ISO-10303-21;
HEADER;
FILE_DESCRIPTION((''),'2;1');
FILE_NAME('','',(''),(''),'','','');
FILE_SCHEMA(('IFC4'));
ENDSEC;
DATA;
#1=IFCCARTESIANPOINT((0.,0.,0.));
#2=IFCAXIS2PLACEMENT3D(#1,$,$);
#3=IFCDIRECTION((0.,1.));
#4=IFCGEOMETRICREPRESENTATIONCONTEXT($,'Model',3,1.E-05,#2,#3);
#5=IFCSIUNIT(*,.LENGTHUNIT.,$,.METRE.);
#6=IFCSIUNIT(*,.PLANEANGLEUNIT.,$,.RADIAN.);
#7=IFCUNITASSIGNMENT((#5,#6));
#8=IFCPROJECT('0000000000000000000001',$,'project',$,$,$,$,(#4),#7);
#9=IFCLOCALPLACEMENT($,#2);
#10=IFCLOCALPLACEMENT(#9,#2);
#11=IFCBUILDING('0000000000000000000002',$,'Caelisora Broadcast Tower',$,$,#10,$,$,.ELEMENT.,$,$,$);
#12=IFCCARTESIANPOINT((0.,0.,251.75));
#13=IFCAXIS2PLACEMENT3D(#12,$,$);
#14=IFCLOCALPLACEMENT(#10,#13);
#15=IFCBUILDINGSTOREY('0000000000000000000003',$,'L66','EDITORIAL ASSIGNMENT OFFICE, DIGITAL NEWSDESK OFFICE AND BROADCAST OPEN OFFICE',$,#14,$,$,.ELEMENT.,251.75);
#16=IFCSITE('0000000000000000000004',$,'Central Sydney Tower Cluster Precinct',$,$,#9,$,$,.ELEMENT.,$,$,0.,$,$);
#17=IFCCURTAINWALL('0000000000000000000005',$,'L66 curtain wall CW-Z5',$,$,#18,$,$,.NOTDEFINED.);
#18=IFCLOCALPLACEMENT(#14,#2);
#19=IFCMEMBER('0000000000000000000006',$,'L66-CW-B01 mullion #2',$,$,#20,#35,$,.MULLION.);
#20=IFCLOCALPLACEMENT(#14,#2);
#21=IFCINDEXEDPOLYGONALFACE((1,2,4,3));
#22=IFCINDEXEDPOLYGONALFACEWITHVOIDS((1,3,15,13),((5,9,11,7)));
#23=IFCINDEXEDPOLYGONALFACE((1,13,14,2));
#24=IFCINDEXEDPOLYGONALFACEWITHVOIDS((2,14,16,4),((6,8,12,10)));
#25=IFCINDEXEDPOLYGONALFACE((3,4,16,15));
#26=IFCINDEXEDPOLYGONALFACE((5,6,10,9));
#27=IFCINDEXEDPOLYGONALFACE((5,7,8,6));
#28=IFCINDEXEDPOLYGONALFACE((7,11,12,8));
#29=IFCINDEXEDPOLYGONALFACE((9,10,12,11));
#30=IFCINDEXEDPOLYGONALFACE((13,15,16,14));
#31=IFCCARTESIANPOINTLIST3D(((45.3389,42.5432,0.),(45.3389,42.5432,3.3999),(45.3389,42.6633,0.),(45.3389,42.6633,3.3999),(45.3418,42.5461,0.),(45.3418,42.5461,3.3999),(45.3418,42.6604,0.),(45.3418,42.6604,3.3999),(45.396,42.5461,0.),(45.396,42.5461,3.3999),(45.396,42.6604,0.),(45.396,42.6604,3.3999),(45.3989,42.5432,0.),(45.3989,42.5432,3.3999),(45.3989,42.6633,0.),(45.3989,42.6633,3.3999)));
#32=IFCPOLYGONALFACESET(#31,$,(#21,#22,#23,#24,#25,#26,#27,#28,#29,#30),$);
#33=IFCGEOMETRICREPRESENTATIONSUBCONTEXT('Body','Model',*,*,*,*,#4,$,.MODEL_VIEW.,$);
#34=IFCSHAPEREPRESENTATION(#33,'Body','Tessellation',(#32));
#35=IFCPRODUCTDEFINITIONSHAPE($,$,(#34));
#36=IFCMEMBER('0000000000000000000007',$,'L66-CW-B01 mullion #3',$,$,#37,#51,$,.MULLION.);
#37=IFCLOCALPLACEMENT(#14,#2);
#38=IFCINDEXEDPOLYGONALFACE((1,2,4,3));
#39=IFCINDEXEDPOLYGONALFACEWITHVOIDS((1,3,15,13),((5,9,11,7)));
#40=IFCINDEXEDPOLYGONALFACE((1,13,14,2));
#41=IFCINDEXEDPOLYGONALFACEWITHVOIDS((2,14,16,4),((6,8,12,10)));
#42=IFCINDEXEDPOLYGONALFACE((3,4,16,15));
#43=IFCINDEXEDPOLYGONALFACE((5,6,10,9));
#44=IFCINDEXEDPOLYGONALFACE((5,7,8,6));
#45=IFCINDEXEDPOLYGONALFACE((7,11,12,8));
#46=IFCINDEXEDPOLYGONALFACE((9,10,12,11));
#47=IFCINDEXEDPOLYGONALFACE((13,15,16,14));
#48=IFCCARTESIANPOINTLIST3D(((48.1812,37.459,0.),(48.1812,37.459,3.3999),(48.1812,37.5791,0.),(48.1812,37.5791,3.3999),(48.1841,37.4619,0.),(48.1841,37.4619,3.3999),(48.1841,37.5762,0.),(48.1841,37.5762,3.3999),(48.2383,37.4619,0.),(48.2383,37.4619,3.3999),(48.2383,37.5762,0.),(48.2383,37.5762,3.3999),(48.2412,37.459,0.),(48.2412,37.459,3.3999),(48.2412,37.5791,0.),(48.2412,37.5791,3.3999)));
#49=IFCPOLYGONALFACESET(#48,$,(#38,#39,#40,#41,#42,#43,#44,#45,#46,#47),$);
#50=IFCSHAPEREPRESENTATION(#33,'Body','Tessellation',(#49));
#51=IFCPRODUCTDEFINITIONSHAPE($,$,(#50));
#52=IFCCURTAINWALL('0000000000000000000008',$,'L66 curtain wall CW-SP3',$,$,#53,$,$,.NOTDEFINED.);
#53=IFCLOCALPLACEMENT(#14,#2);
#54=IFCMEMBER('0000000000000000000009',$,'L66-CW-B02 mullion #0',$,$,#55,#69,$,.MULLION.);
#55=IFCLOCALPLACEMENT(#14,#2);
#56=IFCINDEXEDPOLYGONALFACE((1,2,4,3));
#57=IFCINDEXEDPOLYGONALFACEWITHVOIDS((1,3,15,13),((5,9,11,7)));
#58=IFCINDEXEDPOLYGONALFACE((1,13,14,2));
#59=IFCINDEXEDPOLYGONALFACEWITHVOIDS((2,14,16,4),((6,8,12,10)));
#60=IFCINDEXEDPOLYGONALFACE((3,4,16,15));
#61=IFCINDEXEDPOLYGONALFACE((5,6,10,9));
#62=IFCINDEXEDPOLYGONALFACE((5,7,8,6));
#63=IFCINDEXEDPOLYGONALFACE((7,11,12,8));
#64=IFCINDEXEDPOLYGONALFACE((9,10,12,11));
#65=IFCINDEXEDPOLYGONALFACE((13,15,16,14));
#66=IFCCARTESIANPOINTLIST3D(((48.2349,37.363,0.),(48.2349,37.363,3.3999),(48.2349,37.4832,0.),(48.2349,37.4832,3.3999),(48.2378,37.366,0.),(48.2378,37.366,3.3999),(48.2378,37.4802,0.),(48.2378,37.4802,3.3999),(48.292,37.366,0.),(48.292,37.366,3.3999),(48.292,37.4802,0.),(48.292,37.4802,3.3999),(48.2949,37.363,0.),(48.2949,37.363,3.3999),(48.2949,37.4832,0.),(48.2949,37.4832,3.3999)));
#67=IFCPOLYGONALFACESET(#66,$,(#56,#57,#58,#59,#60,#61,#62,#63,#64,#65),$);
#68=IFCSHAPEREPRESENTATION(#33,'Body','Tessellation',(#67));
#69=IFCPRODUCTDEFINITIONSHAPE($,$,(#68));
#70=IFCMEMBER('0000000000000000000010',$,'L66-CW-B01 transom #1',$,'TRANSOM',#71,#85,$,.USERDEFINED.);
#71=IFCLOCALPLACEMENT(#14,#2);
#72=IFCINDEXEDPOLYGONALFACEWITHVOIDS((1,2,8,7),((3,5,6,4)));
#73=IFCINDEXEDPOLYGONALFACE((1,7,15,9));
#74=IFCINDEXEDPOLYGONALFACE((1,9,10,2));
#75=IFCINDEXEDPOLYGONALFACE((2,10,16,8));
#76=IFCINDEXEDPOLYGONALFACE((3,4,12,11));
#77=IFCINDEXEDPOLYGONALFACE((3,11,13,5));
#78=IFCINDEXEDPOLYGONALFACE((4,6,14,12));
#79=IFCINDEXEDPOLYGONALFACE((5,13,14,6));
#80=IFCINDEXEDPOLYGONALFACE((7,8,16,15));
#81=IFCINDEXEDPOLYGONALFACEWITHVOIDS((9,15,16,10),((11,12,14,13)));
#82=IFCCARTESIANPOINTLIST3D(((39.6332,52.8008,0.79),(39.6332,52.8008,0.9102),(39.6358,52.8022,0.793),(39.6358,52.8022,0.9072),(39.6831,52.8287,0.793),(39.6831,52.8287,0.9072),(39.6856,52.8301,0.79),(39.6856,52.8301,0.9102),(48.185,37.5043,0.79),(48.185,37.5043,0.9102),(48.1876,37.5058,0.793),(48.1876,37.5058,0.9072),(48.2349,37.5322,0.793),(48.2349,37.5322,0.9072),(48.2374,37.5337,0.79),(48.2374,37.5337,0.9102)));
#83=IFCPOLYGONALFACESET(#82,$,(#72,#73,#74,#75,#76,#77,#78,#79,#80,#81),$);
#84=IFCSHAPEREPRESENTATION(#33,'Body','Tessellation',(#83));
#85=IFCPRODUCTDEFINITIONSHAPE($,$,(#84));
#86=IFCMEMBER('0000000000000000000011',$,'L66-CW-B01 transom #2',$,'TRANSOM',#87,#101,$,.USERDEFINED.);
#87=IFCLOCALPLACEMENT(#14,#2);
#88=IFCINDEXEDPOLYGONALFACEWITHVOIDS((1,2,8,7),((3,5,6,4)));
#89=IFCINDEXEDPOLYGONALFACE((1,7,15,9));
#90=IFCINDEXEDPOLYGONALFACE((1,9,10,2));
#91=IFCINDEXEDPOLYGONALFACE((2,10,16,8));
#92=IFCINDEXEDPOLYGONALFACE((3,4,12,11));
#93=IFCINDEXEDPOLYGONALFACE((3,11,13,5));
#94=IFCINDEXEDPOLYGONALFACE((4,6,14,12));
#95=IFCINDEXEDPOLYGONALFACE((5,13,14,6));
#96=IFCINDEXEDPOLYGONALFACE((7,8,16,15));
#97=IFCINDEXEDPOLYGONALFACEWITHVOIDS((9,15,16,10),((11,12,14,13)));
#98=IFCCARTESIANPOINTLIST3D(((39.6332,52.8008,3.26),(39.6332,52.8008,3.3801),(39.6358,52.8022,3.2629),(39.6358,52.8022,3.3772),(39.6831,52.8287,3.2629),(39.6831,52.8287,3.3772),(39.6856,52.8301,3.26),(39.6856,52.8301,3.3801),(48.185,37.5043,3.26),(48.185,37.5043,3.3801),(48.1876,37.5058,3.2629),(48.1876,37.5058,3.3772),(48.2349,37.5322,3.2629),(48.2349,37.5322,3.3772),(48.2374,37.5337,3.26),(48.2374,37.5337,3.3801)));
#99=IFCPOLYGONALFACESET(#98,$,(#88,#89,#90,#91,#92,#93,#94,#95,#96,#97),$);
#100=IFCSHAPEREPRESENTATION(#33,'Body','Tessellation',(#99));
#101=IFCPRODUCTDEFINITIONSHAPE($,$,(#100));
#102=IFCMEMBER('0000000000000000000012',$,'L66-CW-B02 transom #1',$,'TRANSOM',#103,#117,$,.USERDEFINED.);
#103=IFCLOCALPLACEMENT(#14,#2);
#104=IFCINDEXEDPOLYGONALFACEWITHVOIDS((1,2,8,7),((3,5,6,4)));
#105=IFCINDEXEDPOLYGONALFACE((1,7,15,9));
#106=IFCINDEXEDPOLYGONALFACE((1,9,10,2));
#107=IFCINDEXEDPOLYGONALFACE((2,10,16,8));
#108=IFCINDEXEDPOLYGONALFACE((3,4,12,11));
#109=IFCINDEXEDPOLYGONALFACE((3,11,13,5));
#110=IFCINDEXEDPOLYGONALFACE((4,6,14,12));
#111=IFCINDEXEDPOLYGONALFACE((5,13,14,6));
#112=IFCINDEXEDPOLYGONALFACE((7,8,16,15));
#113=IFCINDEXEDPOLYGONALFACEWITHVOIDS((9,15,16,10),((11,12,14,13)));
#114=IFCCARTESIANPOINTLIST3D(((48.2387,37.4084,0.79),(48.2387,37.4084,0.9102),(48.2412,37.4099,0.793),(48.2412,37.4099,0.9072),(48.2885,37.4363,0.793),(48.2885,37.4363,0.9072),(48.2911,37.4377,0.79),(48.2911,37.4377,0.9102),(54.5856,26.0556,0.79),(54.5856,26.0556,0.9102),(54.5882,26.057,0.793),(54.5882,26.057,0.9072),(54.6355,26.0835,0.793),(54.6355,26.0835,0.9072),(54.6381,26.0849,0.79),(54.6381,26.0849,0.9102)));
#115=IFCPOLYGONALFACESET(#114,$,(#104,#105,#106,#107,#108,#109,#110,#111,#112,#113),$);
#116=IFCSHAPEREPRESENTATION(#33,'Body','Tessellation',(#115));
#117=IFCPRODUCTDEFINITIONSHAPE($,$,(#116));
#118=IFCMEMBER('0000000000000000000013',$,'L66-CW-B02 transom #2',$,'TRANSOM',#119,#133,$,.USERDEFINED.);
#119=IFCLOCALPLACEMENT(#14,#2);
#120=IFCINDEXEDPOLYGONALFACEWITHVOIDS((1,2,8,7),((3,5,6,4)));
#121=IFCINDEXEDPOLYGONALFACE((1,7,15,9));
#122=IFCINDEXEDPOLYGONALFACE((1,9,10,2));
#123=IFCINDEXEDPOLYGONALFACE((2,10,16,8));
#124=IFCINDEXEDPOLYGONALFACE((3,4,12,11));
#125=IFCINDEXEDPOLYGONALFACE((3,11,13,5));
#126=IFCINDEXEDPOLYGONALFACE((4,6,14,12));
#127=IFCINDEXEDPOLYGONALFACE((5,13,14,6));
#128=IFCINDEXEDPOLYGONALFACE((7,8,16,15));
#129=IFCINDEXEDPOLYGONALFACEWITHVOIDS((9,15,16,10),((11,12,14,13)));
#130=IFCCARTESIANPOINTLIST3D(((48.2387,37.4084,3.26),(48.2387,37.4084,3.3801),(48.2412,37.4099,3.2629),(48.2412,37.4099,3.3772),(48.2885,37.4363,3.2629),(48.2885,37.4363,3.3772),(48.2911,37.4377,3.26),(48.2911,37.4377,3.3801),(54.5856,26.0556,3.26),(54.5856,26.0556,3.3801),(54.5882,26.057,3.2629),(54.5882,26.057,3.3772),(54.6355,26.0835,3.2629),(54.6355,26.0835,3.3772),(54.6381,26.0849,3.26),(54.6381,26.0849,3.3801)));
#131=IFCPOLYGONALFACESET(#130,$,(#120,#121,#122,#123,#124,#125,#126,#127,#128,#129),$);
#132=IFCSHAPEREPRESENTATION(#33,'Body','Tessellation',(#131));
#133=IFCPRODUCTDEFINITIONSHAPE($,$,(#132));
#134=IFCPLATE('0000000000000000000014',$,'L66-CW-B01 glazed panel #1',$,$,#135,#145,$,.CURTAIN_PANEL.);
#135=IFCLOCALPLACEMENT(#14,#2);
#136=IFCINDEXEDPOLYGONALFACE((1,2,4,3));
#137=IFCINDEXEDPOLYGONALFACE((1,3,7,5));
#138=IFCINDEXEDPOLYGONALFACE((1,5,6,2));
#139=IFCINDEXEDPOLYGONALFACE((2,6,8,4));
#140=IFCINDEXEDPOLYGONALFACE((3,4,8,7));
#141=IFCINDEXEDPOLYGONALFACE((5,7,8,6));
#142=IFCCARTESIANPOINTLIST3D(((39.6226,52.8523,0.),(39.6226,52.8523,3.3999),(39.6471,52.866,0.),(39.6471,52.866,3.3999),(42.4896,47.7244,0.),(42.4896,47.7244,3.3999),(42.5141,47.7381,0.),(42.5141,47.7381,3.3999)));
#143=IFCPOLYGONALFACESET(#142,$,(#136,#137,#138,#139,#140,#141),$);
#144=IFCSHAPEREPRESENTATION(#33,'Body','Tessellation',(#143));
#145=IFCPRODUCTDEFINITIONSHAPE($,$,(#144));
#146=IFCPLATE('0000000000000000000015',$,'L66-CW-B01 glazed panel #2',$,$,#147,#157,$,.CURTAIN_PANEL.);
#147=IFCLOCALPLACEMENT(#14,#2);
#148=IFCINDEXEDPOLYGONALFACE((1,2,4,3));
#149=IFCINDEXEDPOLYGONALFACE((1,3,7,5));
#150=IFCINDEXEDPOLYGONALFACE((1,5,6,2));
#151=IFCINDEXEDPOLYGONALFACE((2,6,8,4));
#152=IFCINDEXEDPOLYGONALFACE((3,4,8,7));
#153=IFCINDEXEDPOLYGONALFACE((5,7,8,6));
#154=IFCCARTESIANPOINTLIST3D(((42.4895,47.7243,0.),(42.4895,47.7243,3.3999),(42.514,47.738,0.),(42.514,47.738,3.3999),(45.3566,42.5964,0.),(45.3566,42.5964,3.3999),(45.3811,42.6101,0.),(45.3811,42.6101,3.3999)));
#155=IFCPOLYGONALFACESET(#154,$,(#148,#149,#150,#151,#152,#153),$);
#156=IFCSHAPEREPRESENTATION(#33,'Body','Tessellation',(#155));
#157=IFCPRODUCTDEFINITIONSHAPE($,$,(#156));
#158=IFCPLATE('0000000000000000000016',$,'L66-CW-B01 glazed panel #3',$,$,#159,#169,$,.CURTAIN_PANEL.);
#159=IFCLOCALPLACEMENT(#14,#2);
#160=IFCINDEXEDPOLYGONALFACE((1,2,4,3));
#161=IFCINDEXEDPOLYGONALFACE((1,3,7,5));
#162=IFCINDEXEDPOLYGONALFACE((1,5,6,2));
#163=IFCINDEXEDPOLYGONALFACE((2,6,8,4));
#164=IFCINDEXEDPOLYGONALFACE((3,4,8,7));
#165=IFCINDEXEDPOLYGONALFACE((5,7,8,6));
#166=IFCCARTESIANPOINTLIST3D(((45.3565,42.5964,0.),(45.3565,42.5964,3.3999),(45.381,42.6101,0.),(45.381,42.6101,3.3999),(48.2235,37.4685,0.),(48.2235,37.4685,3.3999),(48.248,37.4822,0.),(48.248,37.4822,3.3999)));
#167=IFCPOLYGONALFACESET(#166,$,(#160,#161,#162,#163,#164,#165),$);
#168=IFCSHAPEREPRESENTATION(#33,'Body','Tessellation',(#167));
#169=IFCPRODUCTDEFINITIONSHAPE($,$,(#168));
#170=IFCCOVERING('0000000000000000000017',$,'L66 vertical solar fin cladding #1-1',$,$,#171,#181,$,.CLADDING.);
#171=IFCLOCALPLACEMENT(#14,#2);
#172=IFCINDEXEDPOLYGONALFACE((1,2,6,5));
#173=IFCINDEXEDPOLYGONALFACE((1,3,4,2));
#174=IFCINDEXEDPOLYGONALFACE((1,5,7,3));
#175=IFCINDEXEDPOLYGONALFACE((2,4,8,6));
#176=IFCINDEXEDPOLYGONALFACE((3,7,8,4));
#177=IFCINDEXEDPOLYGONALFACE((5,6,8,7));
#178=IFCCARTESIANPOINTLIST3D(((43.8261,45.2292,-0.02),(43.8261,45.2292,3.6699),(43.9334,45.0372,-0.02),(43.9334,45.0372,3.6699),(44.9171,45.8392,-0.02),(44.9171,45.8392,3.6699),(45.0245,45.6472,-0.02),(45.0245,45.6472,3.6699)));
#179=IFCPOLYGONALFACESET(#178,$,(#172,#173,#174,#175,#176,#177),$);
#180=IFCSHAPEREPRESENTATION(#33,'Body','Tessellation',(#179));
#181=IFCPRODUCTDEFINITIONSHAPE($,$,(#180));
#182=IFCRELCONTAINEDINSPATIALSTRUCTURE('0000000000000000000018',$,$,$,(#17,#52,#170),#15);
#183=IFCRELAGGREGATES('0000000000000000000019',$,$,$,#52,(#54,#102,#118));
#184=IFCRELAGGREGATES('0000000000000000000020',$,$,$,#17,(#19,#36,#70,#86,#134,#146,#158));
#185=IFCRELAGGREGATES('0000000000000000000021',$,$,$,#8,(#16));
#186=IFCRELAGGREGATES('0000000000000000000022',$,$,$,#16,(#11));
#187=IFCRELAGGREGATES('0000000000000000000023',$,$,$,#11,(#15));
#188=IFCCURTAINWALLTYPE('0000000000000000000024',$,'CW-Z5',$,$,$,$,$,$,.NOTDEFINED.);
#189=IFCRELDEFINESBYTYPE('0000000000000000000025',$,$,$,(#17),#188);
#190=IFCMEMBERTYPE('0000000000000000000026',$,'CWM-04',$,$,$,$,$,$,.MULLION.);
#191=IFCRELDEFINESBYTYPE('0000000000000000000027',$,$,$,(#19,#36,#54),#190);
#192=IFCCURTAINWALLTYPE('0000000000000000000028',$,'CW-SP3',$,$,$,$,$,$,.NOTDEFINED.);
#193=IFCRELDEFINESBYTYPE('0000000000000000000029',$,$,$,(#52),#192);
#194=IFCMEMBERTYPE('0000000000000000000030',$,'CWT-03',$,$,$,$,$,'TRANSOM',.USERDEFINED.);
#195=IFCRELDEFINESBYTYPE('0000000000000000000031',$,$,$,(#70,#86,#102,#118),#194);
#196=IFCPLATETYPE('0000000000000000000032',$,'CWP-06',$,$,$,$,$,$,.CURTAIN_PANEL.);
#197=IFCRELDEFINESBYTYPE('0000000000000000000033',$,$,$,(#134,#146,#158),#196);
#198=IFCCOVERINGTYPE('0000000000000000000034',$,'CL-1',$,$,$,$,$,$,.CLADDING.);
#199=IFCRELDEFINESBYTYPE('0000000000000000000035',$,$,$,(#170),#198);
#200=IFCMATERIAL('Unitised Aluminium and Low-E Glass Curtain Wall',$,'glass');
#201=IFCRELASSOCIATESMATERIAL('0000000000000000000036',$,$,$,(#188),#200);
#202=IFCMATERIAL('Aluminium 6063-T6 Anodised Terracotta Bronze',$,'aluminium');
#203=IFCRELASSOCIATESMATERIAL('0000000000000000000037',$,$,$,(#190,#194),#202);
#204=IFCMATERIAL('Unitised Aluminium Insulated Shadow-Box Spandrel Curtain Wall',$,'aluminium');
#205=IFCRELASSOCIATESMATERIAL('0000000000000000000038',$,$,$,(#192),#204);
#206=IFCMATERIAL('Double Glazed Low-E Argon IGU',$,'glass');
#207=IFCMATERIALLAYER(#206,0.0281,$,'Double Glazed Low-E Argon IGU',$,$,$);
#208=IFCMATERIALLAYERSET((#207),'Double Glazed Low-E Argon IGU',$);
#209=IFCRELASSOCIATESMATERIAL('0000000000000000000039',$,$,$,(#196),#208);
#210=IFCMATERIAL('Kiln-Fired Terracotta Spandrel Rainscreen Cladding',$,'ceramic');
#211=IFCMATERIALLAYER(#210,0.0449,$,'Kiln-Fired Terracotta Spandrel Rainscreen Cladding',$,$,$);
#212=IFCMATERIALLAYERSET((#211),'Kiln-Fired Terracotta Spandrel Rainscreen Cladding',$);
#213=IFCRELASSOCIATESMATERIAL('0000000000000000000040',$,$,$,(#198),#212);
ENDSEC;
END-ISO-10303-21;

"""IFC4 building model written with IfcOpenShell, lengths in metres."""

from ifc_helpers import new_model, si_unit, direction, frame, origin, origin_2d, place, context, subcontext, project, spatial, rectangle, hollow_rectangle, extrude, source, transform, mapped, material, layer, layer_set, material_profile, profile_set, type_object, type_shapes, element, aggregate, save


model = new_model("IFC4")

# Units and contexts
model_context = context("Model", 3, precision=1e-05, world=origin(), true_north=direction((0.0, 1.0)))
body_context = subcontext(model_context, "Body", "Model", "MODEL_VIEW")
ifc_project = project(units=[si_unit("LENGTHUNIT", "METRE"), si_unit("PLANEANGLEUNIT", "RADIAN")], contexts=[model_context])

# Site, building, storey
site_placement = place(None, origin())
site = spatial("IfcSite", under=ifc_project, at=site_placement, Name="Central Sydney Tower Cluster Precinct", CompositionType="ELEMENT", RefElevation=0.0)
building_placement = place(site_placement, origin())
building = spatial("IfcBuilding", under=site, at=building_placement, Name="Caelisora Broadcast Tower", CompositionType="ELEMENT")
storey_placement = place(building_placement, frame((0.0, 0.0, 251.75)))
storey = spatial("IfcBuildingStorey", under=building, at=storey_placement, Name="L66", Description="EDITORIAL ASSIGNMENT OFFICE, DIGITAL NEWSDESK OFFICE AND BROADCAST OPEN OFFICE", CompositionType="ELEMENT", Elevation=251.75)

# Curtain wall, members
ifc_material_1 = material(Name="Unitised Aluminium and Low-E Glass Curtain Wall", Category="glass")
curtain_wall_type_1 = type_object("IfcCurtainWallType", Name="CW-Z5", PredefinedType="NOTDEFINED", material=ifc_material_1)
curtain_wall_1_placement = place(storey_placement, origin())
curtain_wall_1 = element("IfcCurtainWall", 1, at=curtain_wall_1_placement, inside=storey, type_object=curtain_wall_type_1, Name="L66 curtain wall CW-Z5", PredefinedType="NOTDEFINED")
ifc_material_2 = material(Name="Aluminium 6063-T6 Anodised Terracotta Bronze", Category="aluminium")
ifc_material_profile_1 = material_profile(ifc_material_2, hollow_rectangle(XDim=0.0601, YDim=0.1201, WallThickness=0.0029, at=origin_2d()), Name="Aluminium 6063-T6 Anodised Terracotta Bronze")
ifc_profile_set_1 = profile_set([ifc_material_profile_1], Name="Aluminium 6063-T6 Anodised Terracotta Bronze")
member_type_1 = type_object("IfcMemberType", Name="CWM-04", PredefinedType="MULLION", material=ifc_profile_set_1)
shared_shape_1 = source(origin(), body_context, "Body", "SweptSolid", [
    extrude(hollow_rectangle(XDim=0.0601, YDim=0.1201, WallThickness=0.0029, at=origin_2d()), origin(), (0.0, 0.0, 1.0), 3.3999),
])
type_shapes(member_type_1, [shared_shape_1])
member_1_placement = place(storey_placement, frame((45.3689, 42.6033, 0.0), z_axis=(0.0, 0.0, 1.0), x_axis=(1.0, 0.0, 0.0)))
member_1 = element("IfcMember", 2, at=member_1_placement, type_object=member_type_1, Name="L66-CW-B01 mullion #2", PredefinedType="MULLION", context=body_context, shape_type="MappedRepresentation", body=[
    mapped(shared_shape_1, transform((0.0, 0.0, 0.0), scale=1.0)),
])
member_2_placement = place(storey_placement, frame((48.2112, 37.519, 0.0), z_axis=(0.0, 0.0, 1.0), x_axis=(1.0, 0.0, 0.0)))
member_2 = element("IfcMember", 3, at=member_2_placement, type_object=member_type_1, Name="L66-CW-B01 mullion #3", PredefinedType="MULLION", context=body_context, shape_type="MappedRepresentation", body=[
    mapped(shared_shape_1, transform((0.0, 0.0, 0.0), scale=1.0)),
])

# Curtain wall, member
ifc_material_3 = material(Name="Unitised Aluminium Insulated Shadow-Box Spandrel Curtain Wall", Category="aluminium")
curtain_wall_type_2 = type_object("IfcCurtainWallType", Name="CW-SP3", PredefinedType="NOTDEFINED", material=ifc_material_3)
curtain_wall_2_placement = place(storey_placement, origin())
curtain_wall_2 = element("IfcCurtainWall", 4, at=curtain_wall_2_placement, inside=storey, type_object=curtain_wall_type_2, Name="L66 curtain wall CW-SP3", PredefinedType="NOTDEFINED")
member_3_placement = place(storey_placement, frame((48.2649, 37.4231, 0.0), z_axis=(0.0, 0.0, 1.0), x_axis=(1.0, 0.0, 0.0)))
member_3 = element("IfcMember", 5, at=member_3_placement, type_object=member_type_1, Name="L66-CW-B02 mullion #0", PredefinedType="MULLION", context=body_context, shape_type="MappedRepresentation", body=[
    mapped(shared_shape_1, transform((0.0, 0.0, 0.0), scale=1.0)),
])

# Members
ifc_material_profile_2 = material_profile(ifc_material_2, hollow_rectangle(XDim=0.0601, YDim=0.1201, WallThickness=0.0029, at=origin_2d()), Name="Aluminium 6063-T6 Anodised Terracotta Bronze")
ifc_profile_set_2 = profile_set([ifc_material_profile_2], Name="Aluminium 6063-T6 Anodised Terracotta Bronze")
member_type_2 = type_object("IfcMemberType", Name="CWT-03", ElementType="TRANSOM", PredefinedType="USERDEFINED", material=ifc_profile_set_2)
shared_shape_2 = source(origin(), body_context, "Body", "SweptSolid", [
    extrude(hollow_rectangle(XDim=0.0601, YDim=0.1201, WallThickness=0.0029, at=origin_2d()), origin(), (0.0, 0.0, 1.0), 17.5247),
])
member_4_placement = place(storey_placement, frame((39.6594, 52.8154, 0.8501), z_axis=(0.487986, -0.872852, 0.0), x_axis=(0.872852, 0.487986, 0.0)))
member_4 = element("IfcMember", 6, at=member_4_placement, type_object=member_type_2, Name="L66-CW-B01 transom #1", ObjectType="TRANSOM", PredefinedType="USERDEFINED", context=body_context, shape_type="MappedRepresentation", body=[
    mapped(shared_shape_2, transform((0.0, 0.0, 0.0), scale=1.0)),
])
member_5_placement = place(storey_placement, frame((39.6594, 52.8154, 3.3201), z_axis=(0.487986, -0.872852, 0.0), x_axis=(0.872852, 0.487986, 0.0)))
member_5 = element("IfcMember", 7, at=member_5_placement, type_object=member_type_2, Name="L66-CW-B01 transom #2", ObjectType="TRANSOM", PredefinedType="USERDEFINED", context=body_context, shape_type="MappedRepresentation", body=[
    mapped(shared_shape_2, transform((0.0, 0.0, 0.0), scale=1.0)),
])
shared_shape_3 = source(origin(), body_context, "Body", "SweptSolid", [
    extrude(hollow_rectangle(XDim=0.0601, YDim=0.1201, WallThickness=0.0029, at=origin_2d()), origin(), (0.0, 0.0, 1.0), 13.0066),
])
type_shapes(member_type_2, [shared_shape_2, shared_shape_3])
member_6_placement = place(storey_placement, frame((48.2649, 37.4231, 0.8501), z_axis=(0.487981, -0.872854, 0.0), x_axis=(0.872854, 0.487981, 0.0)))
member_6 = element("IfcMember", 8, at=member_6_placement, type_object=member_type_2, Name="L66-CW-B02 transom #1", ObjectType="TRANSOM", PredefinedType="USERDEFINED", context=body_context, shape_type="MappedRepresentation", body=[
    mapped(shared_shape_3, transform((0.0, 0.0, 0.0), scale=1.0)),
])
member_7_placement = place(storey_placement, frame((48.2649, 37.4231, 3.3201), z_axis=(0.487981, -0.872854, 0.0), x_axis=(0.872854, 0.487981, 0.0)))
member_7 = element("IfcMember", 9, at=member_7_placement, type_object=member_type_2, Name="L66-CW-B02 transom #2", ObjectType="TRANSOM", PredefinedType="USERDEFINED", context=body_context, shape_type="MappedRepresentation", body=[
    mapped(shared_shape_3, transform((0.0, 0.0, 0.0), scale=1.0)),
])
aggregate(curtain_wall_2, [member_3, member_6, member_7])

# Plates
ifc_material_4 = material(Name="Double Glazed Low-E Argon IGU", Category="glass")
ifc_layer_1 = layer(ifc_material_4, 0.0281, Name="Double Glazed Low-E Argon IGU")
ifc_layer_set_1 = layer_set([ifc_layer_1], Name="Double Glazed Low-E Argon IGU")
plate_type = type_object("IfcPlateType", Name="CWP-06", PredefinedType="CURTAIN_PANEL", material=ifc_layer_set_1)
shared_shape_4 = source(origin(), body_context, "Body", "SweptSolid", [
    extrude(rectangle(XDim=5.875, YDim=0.0281, at=origin_2d()), origin(), (0.0, 0.0, 1.0), 3.3999),
])
type_shapes(plate_type, [shared_shape_4])
plate_1_placement = place(storey_placement, frame((41.0684, 50.2952, 0.0), z_axis=(0.0, 0.0, 1.0), x_axis=(0.488012, -0.872837, 0.0)))
plate_1 = element("IfcPlate", 10, at=plate_1_placement, type_object=plate_type, Name="L66-CW-B01 glazed panel #1", PredefinedType="CURTAIN_PANEL", context=body_context, shape_type="MappedRepresentation", body=[
    mapped(shared_shape_4, transform((0.0, 0.0, 0.0), scale=1.0)),
])
plate_2_placement = place(storey_placement, frame((43.9353, 45.1672, 0.0), z_axis=(0.0, 0.0, 1.0), x_axis=(0.488012, -0.872837, 0.0)))
plate_2 = element("IfcPlate", 11, at=plate_2_placement, type_object=plate_type, Name="L66-CW-B01 glazed panel #2", PredefinedType="CURTAIN_PANEL", context=body_context, shape_type="MappedRepresentation", body=[
    mapped(shared_shape_4, transform((0.0, 0.0, 0.0), scale=1.0)),
])
plate_3_placement = place(storey_placement, frame((46.8022, 40.0393, 0.0), z_axis=(0.0, 0.0, 1.0), x_axis=(0.488012, -0.872837, 0.0)))
plate_3 = element("IfcPlate", 12, at=plate_3_placement, type_object=plate_type, Name="L66-CW-B01 glazed panel #3", PredefinedType="CURTAIN_PANEL", context=body_context, shape_type="MappedRepresentation", body=[
    mapped(shared_shape_4, transform((0.0, 0.0, 0.0), scale=1.0)),
])
aggregate(curtain_wall_1, [member_1, member_2, member_4, member_5, plate_1, plate_2, plate_3])

# Covering
ifc_material_5 = material(Name="Kiln-Fired Terracotta Spandrel Rainscreen Cladding", Category="ceramic")
ifc_layer_2 = layer(ifc_material_5, 0.0449, Name="Kiln-Fired Terracotta Spandrel Rainscreen Cladding")
ifc_layer_set_2 = layer_set([ifc_layer_2], Name="Kiln-Fired Terracotta Spandrel Rainscreen Cladding")
covering_type = type_object("IfcCoveringType", Name="CL-1", PredefinedType="CLADDING", material=ifc_layer_set_2)
shared_shape_5 = source(origin(), body_context, "Body", "SweptSolid", [
    extrude(rectangle(XDim=0.22, YDim=1.25, at=origin_2d()), origin(), (0.0, 0.0, 1.0), 3.6899),
])
type_shapes(covering_type, [shared_shape_5])
for number, where, z_axis, x_axis, name in (
    (13, (44.4253, 45.4382, -0.02), (0.0, 0.0, 1.0), (0.488012, -0.872837, 0.0), "L66 vertical solar fin cladding #1-1"),
):
    element("IfcCovering", number, at=place(storey_placement, frame(where, z_axis=z_axis, x_axis=x_axis)), inside=storey, type_object=covering_type, Name=name, PredefinedType="CLADDING", context=body_context, shape_type="MappedRepresentation", body=[
        mapped(shared_shape_5, transform((0.0, 0.0, 0.0), scale=1.0)),
    ])

save(model, "model.ifc")
